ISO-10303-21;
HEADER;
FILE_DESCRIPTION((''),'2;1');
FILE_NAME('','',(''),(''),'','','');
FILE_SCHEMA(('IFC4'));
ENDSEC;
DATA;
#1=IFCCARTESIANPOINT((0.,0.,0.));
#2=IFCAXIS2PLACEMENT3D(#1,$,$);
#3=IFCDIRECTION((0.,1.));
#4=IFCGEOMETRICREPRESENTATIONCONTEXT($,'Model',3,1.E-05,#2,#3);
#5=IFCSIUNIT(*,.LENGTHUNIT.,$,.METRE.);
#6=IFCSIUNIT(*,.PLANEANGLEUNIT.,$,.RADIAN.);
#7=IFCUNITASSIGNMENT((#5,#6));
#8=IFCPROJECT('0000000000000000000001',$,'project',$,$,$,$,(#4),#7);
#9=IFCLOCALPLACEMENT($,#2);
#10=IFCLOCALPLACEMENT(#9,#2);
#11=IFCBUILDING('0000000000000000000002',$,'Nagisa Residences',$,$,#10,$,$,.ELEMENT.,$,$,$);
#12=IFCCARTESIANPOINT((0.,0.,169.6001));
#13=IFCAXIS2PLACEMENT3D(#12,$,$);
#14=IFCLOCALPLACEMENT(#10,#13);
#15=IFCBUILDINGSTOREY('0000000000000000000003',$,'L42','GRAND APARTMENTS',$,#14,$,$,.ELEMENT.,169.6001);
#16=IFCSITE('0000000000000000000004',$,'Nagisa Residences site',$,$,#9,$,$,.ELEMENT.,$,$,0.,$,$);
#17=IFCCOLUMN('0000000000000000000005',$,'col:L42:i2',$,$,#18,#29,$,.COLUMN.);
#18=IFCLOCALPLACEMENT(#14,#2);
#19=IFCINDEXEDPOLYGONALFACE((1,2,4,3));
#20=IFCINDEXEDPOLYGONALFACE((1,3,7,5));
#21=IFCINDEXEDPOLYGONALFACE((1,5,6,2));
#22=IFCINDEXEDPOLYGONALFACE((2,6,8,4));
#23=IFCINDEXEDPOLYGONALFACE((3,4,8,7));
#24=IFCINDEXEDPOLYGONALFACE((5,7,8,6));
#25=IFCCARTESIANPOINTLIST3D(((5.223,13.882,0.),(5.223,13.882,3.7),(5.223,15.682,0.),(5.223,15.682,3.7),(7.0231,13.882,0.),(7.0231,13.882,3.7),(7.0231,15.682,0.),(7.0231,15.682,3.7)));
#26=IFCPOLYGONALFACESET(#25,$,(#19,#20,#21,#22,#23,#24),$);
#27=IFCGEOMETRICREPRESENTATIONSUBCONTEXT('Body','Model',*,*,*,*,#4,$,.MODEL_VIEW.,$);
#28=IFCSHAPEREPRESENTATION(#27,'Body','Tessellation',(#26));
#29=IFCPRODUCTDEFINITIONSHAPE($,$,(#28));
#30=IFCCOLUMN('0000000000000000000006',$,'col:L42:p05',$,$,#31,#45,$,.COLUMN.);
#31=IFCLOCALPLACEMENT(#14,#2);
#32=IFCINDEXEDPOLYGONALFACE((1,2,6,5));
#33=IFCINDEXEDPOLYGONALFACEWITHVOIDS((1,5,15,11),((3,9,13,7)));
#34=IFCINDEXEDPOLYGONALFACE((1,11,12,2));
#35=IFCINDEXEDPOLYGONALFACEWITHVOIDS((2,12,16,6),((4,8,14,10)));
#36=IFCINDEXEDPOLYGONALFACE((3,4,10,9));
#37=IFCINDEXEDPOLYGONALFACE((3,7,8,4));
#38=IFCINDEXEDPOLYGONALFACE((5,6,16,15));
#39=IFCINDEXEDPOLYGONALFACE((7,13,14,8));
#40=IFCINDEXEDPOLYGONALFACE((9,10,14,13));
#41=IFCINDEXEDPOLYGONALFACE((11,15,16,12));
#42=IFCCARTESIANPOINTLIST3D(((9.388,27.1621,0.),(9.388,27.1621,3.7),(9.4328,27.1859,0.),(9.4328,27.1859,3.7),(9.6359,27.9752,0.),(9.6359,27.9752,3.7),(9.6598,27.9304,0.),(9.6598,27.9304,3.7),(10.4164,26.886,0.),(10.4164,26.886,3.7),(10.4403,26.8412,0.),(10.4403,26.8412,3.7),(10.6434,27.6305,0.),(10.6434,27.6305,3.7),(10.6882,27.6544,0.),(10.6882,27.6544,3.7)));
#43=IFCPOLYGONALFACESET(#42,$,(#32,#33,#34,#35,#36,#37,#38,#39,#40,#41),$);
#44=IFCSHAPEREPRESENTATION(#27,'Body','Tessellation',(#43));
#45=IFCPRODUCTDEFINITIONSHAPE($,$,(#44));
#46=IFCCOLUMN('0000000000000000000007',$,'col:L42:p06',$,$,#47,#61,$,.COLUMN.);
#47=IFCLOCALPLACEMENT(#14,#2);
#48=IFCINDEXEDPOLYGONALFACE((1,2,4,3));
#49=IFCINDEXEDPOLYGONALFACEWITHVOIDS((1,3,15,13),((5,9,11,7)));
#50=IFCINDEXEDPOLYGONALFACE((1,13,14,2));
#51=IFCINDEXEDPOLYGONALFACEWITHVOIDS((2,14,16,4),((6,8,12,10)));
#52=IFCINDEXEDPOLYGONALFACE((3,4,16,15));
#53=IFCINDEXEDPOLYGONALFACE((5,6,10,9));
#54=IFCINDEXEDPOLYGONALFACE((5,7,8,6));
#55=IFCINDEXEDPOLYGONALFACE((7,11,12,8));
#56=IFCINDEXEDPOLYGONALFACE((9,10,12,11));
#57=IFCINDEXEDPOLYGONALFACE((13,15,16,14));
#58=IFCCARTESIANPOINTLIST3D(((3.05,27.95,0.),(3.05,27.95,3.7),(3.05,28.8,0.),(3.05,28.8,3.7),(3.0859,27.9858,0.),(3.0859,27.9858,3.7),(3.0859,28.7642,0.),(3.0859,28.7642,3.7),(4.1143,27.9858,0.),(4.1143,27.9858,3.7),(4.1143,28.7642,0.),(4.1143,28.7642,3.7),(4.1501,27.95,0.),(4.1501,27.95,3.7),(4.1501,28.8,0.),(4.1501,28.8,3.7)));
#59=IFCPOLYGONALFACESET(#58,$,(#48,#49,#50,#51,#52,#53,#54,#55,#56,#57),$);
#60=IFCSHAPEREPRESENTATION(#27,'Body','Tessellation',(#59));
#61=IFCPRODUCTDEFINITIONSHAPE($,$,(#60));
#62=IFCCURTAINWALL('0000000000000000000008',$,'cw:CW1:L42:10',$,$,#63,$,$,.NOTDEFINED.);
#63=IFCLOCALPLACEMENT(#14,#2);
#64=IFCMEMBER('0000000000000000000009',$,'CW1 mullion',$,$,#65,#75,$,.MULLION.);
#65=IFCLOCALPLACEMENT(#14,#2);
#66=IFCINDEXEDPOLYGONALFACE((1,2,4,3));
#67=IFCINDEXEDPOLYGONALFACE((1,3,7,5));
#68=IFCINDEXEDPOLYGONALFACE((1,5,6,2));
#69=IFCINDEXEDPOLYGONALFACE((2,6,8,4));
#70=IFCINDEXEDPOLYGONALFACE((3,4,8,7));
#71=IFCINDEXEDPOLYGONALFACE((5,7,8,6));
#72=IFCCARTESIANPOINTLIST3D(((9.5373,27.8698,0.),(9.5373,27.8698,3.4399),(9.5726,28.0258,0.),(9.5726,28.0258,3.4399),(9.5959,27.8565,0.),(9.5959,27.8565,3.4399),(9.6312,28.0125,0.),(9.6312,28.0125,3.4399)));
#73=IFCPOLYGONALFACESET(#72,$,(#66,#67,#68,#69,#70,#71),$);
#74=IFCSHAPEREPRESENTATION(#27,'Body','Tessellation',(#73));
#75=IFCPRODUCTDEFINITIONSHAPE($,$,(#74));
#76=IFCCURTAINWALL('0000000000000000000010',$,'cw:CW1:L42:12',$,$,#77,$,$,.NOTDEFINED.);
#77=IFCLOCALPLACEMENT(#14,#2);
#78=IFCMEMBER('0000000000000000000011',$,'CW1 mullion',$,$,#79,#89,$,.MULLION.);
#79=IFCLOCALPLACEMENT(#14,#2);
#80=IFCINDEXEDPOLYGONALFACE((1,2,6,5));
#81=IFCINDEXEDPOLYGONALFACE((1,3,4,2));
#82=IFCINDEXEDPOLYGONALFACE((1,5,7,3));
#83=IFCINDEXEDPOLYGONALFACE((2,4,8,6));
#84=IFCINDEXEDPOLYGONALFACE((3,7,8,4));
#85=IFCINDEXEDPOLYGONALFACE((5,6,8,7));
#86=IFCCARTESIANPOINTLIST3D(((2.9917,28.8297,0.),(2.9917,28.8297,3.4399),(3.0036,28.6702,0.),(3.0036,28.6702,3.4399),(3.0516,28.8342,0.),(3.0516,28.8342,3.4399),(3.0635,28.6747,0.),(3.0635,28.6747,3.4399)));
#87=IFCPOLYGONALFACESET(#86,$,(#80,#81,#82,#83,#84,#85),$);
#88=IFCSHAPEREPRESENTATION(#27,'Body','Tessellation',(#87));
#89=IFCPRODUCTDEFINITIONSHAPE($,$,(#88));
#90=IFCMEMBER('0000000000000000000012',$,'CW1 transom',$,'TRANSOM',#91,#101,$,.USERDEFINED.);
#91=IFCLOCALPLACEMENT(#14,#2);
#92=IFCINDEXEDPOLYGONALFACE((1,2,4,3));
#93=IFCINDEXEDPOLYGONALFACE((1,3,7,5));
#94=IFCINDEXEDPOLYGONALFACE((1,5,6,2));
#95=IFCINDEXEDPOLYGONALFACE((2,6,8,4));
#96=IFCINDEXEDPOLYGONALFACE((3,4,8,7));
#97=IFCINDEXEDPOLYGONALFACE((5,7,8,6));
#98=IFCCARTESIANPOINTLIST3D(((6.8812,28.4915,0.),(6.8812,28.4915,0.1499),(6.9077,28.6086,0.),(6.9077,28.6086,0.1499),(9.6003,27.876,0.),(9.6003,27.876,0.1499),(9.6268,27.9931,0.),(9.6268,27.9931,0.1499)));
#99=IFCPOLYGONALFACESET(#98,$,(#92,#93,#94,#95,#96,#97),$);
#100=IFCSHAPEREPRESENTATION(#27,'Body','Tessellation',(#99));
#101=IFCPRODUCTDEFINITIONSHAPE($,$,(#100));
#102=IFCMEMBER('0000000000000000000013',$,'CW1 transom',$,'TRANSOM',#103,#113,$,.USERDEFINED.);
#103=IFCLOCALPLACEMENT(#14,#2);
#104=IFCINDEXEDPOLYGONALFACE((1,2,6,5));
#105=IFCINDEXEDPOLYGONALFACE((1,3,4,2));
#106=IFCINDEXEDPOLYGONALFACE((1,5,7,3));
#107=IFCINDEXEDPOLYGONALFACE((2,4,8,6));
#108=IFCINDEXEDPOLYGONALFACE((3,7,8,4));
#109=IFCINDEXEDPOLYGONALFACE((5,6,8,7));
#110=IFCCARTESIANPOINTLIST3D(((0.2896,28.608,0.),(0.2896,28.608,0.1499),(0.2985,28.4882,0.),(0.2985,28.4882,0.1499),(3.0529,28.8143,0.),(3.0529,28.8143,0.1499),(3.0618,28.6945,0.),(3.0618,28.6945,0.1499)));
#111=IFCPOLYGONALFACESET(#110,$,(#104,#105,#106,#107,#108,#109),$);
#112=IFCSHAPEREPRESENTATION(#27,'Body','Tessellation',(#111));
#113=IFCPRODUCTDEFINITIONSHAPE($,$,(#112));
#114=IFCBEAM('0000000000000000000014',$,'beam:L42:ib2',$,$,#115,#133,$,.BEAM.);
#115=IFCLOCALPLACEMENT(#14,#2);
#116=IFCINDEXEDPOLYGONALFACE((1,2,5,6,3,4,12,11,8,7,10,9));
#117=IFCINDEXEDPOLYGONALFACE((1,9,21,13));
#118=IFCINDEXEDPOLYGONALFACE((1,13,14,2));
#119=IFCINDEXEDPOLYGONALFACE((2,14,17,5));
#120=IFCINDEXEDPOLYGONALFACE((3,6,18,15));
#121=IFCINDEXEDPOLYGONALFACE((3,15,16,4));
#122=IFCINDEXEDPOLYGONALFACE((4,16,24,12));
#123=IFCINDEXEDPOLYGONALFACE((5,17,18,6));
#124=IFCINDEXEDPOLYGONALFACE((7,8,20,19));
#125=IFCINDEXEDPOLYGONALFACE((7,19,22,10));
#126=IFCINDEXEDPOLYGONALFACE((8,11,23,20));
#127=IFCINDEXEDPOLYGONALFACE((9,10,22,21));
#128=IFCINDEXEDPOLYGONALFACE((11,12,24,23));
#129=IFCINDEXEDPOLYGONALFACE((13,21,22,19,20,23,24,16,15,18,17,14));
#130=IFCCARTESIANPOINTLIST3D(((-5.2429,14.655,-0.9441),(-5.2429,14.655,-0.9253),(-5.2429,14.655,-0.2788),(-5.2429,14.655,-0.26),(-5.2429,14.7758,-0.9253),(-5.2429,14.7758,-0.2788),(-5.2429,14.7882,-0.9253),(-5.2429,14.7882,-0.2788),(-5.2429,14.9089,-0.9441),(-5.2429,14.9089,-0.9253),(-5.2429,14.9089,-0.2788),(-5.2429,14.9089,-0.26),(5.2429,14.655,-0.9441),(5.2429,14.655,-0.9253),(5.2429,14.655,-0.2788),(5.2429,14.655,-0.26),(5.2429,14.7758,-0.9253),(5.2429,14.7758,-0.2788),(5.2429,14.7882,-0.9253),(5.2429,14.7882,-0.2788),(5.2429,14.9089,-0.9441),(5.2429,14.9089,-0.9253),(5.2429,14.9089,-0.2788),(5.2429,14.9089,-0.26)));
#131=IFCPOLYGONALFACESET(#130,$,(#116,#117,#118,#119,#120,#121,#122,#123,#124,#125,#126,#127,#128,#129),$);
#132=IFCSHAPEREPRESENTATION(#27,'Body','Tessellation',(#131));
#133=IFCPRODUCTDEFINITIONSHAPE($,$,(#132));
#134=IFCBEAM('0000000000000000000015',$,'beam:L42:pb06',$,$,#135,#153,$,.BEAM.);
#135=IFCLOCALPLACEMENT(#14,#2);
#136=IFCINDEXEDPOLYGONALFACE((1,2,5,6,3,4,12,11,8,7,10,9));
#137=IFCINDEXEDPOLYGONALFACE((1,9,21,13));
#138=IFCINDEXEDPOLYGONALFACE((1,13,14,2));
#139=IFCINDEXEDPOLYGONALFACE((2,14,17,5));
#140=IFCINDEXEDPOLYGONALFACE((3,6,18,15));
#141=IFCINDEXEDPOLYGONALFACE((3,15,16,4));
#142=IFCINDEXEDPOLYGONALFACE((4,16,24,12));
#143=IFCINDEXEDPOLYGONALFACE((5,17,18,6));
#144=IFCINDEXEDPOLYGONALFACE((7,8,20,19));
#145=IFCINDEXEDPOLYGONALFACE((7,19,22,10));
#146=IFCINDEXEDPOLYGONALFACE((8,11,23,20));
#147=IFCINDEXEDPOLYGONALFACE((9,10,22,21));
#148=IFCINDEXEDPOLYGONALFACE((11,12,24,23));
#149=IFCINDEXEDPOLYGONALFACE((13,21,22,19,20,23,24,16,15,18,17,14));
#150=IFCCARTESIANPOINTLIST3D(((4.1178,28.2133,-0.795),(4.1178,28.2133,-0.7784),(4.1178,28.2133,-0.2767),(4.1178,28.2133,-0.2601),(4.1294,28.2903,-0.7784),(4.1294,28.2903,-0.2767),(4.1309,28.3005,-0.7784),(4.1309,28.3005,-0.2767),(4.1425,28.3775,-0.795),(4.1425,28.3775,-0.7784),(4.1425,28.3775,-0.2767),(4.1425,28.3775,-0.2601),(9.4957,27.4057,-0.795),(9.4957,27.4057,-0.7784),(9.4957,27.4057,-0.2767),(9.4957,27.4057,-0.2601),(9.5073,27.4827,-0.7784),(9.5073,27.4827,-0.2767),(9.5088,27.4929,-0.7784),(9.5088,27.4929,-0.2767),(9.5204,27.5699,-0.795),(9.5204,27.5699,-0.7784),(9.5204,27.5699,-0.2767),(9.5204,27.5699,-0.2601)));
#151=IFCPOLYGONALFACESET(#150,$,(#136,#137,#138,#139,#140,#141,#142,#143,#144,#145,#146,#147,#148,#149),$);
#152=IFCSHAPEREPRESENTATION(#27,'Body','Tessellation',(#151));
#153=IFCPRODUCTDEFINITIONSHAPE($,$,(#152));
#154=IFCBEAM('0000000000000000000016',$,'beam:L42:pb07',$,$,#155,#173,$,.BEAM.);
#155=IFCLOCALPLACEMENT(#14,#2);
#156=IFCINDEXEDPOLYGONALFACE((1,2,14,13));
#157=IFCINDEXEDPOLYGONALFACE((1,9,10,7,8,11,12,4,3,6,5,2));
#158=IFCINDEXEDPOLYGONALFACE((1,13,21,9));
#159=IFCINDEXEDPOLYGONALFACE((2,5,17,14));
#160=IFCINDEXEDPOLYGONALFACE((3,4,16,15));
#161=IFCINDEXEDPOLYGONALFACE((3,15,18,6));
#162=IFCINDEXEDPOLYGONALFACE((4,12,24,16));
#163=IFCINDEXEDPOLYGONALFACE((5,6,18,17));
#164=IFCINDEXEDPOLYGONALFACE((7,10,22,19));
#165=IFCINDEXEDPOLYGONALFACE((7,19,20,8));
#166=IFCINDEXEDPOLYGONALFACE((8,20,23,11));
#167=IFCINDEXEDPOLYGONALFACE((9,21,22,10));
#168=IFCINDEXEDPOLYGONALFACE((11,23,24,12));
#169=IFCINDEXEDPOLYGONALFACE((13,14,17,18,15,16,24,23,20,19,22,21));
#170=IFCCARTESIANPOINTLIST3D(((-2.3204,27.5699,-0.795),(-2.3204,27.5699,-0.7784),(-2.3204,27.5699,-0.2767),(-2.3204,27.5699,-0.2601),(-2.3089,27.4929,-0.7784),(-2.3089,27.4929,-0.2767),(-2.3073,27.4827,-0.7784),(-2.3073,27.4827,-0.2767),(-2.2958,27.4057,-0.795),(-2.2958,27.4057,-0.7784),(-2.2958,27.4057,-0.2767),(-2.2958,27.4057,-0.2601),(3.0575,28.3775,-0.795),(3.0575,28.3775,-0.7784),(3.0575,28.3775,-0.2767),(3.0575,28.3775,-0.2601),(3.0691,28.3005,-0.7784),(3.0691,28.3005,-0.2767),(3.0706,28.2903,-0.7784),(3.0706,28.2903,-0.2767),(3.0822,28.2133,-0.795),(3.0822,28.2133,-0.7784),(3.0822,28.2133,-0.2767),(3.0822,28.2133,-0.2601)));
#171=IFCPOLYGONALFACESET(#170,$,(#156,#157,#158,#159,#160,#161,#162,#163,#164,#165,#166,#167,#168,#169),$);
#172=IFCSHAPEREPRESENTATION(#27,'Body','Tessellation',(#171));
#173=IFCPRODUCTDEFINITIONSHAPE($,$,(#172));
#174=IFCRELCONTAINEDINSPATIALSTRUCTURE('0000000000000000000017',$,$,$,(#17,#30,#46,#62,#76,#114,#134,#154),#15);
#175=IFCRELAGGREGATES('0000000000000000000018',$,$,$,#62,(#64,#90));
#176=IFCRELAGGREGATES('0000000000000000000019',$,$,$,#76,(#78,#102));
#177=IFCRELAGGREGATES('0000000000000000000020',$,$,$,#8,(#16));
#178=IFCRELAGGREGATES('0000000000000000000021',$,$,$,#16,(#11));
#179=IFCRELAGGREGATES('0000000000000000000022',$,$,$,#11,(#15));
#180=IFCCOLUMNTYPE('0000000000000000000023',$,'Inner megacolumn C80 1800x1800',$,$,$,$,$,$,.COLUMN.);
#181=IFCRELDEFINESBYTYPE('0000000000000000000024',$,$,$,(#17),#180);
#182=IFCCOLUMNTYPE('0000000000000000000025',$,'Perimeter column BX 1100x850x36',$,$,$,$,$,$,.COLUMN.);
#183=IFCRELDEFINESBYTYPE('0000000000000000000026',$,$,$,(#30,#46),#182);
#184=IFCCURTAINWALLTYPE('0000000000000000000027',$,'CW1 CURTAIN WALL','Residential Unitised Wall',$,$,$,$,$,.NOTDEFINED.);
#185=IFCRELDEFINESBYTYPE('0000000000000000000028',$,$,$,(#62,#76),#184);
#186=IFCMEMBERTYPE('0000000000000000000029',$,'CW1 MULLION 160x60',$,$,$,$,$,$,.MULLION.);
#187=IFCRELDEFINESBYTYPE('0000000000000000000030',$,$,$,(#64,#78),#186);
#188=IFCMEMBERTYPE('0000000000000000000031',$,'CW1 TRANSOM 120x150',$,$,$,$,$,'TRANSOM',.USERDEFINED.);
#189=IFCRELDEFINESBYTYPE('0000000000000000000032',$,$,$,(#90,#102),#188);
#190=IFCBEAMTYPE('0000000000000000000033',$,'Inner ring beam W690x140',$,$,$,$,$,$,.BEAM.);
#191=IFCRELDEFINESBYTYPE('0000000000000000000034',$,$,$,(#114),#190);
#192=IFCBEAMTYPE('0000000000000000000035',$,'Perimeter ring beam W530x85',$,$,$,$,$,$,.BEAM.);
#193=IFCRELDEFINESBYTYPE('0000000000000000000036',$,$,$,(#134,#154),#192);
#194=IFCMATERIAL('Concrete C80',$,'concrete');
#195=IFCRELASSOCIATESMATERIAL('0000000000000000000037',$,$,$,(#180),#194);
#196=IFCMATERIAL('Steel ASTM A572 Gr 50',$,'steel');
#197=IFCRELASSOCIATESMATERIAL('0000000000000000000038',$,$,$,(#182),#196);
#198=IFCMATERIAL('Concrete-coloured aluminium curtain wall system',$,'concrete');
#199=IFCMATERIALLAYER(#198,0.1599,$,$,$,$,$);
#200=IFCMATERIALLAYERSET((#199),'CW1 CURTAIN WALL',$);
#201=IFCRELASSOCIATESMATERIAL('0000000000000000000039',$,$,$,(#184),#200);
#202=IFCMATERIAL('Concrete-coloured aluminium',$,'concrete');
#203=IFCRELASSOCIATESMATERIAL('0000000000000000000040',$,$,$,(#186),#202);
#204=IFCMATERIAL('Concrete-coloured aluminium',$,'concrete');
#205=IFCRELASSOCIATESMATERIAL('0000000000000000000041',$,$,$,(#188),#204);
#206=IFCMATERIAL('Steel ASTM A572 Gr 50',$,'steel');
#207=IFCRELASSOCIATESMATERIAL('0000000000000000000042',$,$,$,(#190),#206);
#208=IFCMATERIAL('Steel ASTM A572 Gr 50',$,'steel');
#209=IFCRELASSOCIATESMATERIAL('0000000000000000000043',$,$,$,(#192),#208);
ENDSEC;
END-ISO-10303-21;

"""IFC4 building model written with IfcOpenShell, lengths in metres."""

from ifc_helpers import new_model, si_unit, direction, frame, origin, origin_2d, place, context, subcontext, project, spatial, rectangle, hollow_rectangle, i_section, extrude, material, layer, layer_set, material_profile, profile_set, type_object, element, aggregate, save


model = new_model("IFC4")

# Units and contexts
model_context = context("Model", 3, precision=1e-05, world=origin(), true_north=direction((0.0, 1.0)))
body_context = subcontext(model_context, "Body", "Model", "MODEL_VIEW")
ifc_project = project(units=[si_unit("LENGTHUNIT", "METRE"), si_unit("PLANEANGLEUNIT", "RADIAN")], contexts=[model_context])

# Site, building, storey
site_placement = place(None, origin())
site = spatial("IfcSite", under=ifc_project, at=site_placement, Name="Nagisa Residences site", CompositionType="ELEMENT", RefElevation=0.0)
building_placement = place(site_placement, origin())
building = spatial("IfcBuilding", under=site, at=building_placement, Name="Nagisa Residences", CompositionType="ELEMENT")
storey_placement = place(building_placement, frame((0.0, 0.0, 169.6001)))
storey = spatial("IfcBuildingStorey", under=building, at=storey_placement, Name="L42", Description="GRAND APARTMENTS", CompositionType="ELEMENT", Elevation=169.6001)

# Columns
ifc_material_1 = material(Name="Concrete C80", Category="concrete")
ifc_material_profile_1 = material_profile(ifc_material_1, rectangle(XDim=1.8, YDim=1.8, at=origin_2d()), Name="C80 1800x1800")
ifc_profile_set_1 = profile_set([ifc_material_profile_1], Name="Concrete C80")
column_type_1 = type_object("IfcColumnType", Name="Inner megacolumn C80 1800x1800", PredefinedType="COLUMN", material=ifc_profile_set_1)
column_placement = place(storey_placement, frame((6.123, 14.782, 0.0), z_axis=(0.0, 0.0, 1.0), x_axis=(1.0, 0.0, 0.0)))
element("IfcColumn", 1, at=column_placement, inside=storey, type_object=column_type_1, Name="col:L42:i2", PredefinedType="COLUMN", context=body_context, shape_type="SweptSolid", body=[
    extrude(rectangle(XDim=1.8, YDim=1.8, at=origin_2d()), origin(), (0.0, 0.0, 1.0), 3.7),
])
ifc_material_2 = material(Name="Steel ASTM A572 Gr 50", Category="steel")
ifc_material_profile_2 = material_profile(ifc_material_2, hollow_rectangle(XDim=1.1001, YDim=0.8501, WallThickness=0.0359, at=origin_2d()), Name="BX 1100x850x36")
ifc_profile_set_2 = profile_set([ifc_material_profile_2], Name="Steel ASTM A572 Gr 50")
column_type_2 = type_object("IfcColumnType", Name="Perimeter column BX 1100x850x36", PredefinedType="COLUMN", material=ifc_profile_set_2)
for number, where, z_axis, x_axis, name in (
    (2, (10.0381, 27.4082, 0.0), (0.0, 0.0, 1.0), (-0.956525, 0.291652, 0.0), "col:L42:p05"),
    (3, (3.6001, 28.375, 0.0), (0.0, 0.0, 1.0), (-1.0, 0.0, 0.0), "col:L42:p06"),
):
    element("IfcColumn", number, at=place(storey_placement, frame(where, z_axis=z_axis, x_axis=x_axis)), inside=storey, type_object=column_type_2, Name=name, PredefinedType="COLUMN", context=body_context, shape_type="SweptSolid", body=[
        extrude(hollow_rectangle(XDim=1.1001, YDim=0.8501, WallThickness=0.0359, at=origin_2d()), origin(), (0.0, 0.0, 1.0), 3.7),
    ])

# Curtain walls, members
ifc_material_3 = material(Name="Concrete-coloured aluminium curtain wall system", Category="concrete")
ifc_layer_1 = layer(ifc_material_3, 0.1599)
ifc_layer_set_1 = layer_set([ifc_layer_1], Name="CW1 CURTAIN WALL")
curtain_wall_type = type_object("IfcCurtainWallType", Name="CW1 CURTAIN WALL", Description="Residential Unitised Wall", PredefinedType="NOTDEFINED", material=ifc_layer_set_1)
curtain_wall_1_placement = place(storey_placement, origin())
curtain_wall_1 = element("IfcCurtainWall", 4, at=curtain_wall_1_placement, inside=storey, type_object=curtain_wall_type, Name="cw:CW1:L42:10", PredefinedType="NOTDEFINED")
ifc_material_4 = material(Name="Concrete-coloured aluminium", Category="concrete")
ifc_material_profile_3 = material_profile(ifc_material_4, rectangle(XDim=0.1599, YDim=0.0601, at=origin_2d()), Name="CW1 MULLION 160x60")
ifc_profile_set_3 = profile_set([ifc_material_profile_3], Name="Concrete-coloured aluminium")
member_type_1 = type_object("IfcMemberType", Name="CW1 MULLION 160x60", PredefinedType="MULLION", material=ifc_profile_set_3)
member_1_placement = place(storey_placement, frame((9.5842, 27.9412, 0.0), z_axis=(0.0, 0.0, 1.0), x_axis=(-0.220764, -0.975327, 0.0)))
member_1 = element("IfcMember", 5, at=member_1_placement, type_object=member_type_1, Name="CW1 mullion", PredefinedType="MULLION", context=body_context, shape_type="SweptSolid", body=[
    extrude(rectangle(XDim=0.1599, YDim=0.0601, at=origin_2d()), origin(), (0.0, 0.0, 1.0), 3.4399),
])
curtain_wall_2_placement = place(storey_placement, origin())
curtain_wall_2 = element("IfcCurtainWall", 6, at=curtain_wall_2_placement, inside=storey, type_object=curtain_wall_type, Name="cw:CW1:L42:12", PredefinedType="NOTDEFINED")
member_2_placement = place(storey_placement, frame((3.0276, 28.7522, 0.0), z_axis=(0.0, 0.0, 1.0), x_axis=(0.074377, -0.99723, 0.0)))
member_2 = element("IfcMember", 7, at=member_2_placement, type_object=member_type_1, Name="CW1 mullion", PredefinedType="MULLION", context=body_context, shape_type="SweptSolid", body=[
    extrude(rectangle(XDim=0.1599, YDim=0.0601, at=origin_2d()), origin(), (0.0, 0.0, 1.0), 3.4399),
])

# Members
ifc_material_5 = material(Name="Concrete-coloured aluminium", Category="concrete")
ifc_material_profile_4 = material_profile(ifc_material_5, rectangle(XDim=0.1201, YDim=0.1499, at=origin_2d()), Name="CW1 TRANSOM 120x150")
ifc_profile_set_4 = profile_set([ifc_material_profile_4], Name="Concrete-coloured aluminium")
member_type_2 = type_object("IfcMemberType", Name="CW1 TRANSOM 120x150", ElementType="TRANSOM", PredefinedType="USERDEFINED", material=ifc_profile_set_4)
member_3_placement = place(storey_placement, frame((9.6135, 27.9346, 0.075), z_axis=(-0.975324, 0.220777, 0.0), x_axis=(-0.220777, -0.975324, 0.0)))
member_3 = element("IfcMember", 8, at=member_3_placement, type_object=member_type_2, Name="CW1 transom", ObjectType="TRANSOM", PredefinedType="USERDEFINED", context=body_context, shape_type="SweptSolid", body=[
    extrude(rectangle(XDim=0.1201, YDim=0.1499, at=origin_2d()), origin(), (0.0, 0.0, 1.0), 2.7878),
])
member_4_placement = place(storey_placement, frame((3.0574, 28.7544, 0.075), z_axis=(-0.997225, -0.074446, 0.0), x_axis=(0.074446, -0.997225, 0.0)))
member_4 = element("IfcMember", 9, at=member_4_placement, type_object=member_type_2, Name="CW1 transom", ObjectType="TRANSOM", PredefinedType="USERDEFINED", context=body_context, shape_type="SweptSolid", body=[
    extrude(rectangle(XDim=0.1201, YDim=0.1499, at=origin_2d()), origin(), (0.0, 0.0, 1.0), 2.771),
])

# Beams
ifc_material_6 = material(Name="Steel ASTM A572 Gr 50", Category="steel")
ifc_material_profile_5 = material_profile(ifc_material_6, i_section(OverallWidth=0.2539, OverallDepth=0.6841, WebThickness=0.0125, FlangeThickness=0.0188, at=origin_2d()), Name="W690x140")
ifc_profile_set_5 = profile_set([ifc_material_profile_5], Name="Steel ASTM A572 Gr 50")
beam_type_1 = type_object("IfcBeamType", Name="Inner ring beam W690x140", PredefinedType="BEAM", material=ifc_profile_set_5)
beam_1_placement = place(storey_placement, frame((5.2429, 14.782, -0.6021), z_axis=(-1.0, 0.0, 0.0), x_axis=(0.0, -1.0, 0.0)))
element("IfcBeam", 10, at=beam_1_placement, inside=storey, type_object=beam_type_1, Name="beam:L42:ib2", PredefinedType="BEAM", context=body_context, shape_type="SweptSolid", body=[
    extrude(i_section(OverallWidth=0.2539, OverallDepth=0.6841, WebThickness=0.0125, FlangeThickness=0.0188, at=origin_2d()), origin(), (0.0, 0.0, 1.0), 10.4858),
])
ifc_material_7 = material(Name="Steel ASTM A572 Gr 50", Category="steel")
ifc_material_profile_6 = material_profile(ifc_material_7, i_section(OverallWidth=0.166, OverallDepth=0.5349, WebThickness=0.0103, FlangeThickness=0.0166, at=origin_2d()), Name="W530x85")
ifc_profile_set_6 = profile_set([ifc_material_profile_6], Name="Steel ASTM A572 Gr 50")
beam_type_2 = type_object("IfcBeamType", Name="Perimeter ring beam W530x85", PredefinedType="BEAM", material=ifc_profile_set_6)
for number, where, z_axis, x_axis, name in (
    (11, (9.5081, 27.4878, -0.5276), (-0.988911, 0.148507, 0.0), (-0.148507, -0.988911, 0.0), "beam:L42:pb06"),
    (12, (3.0698, 28.2954, -0.5276), (-0.988911, -0.148507, 0.0), (0.148507, -0.988911, 0.0), "beam:L42:pb07"),
):
    element("IfcBeam", number, at=place(storey_placement, frame(where, z_axis=z_axis, x_axis=x_axis)), inside=storey, type_object=beam_type_2, Name=name, PredefinedType="BEAM", context=body_context, shape_type="SweptSolid", body=[
        extrude(i_section(OverallWidth=0.166, OverallDepth=0.5349, WebThickness=0.0103, FlangeThickness=0.0166, at=origin_2d()), origin(), (0.0, 0.0, 1.0), 5.4382),
    ])

aggregate(curtain_wall_1, [member_1, member_3])
aggregate(curtain_wall_2, [member_2, member_4])

save(model, "model.ifc")
